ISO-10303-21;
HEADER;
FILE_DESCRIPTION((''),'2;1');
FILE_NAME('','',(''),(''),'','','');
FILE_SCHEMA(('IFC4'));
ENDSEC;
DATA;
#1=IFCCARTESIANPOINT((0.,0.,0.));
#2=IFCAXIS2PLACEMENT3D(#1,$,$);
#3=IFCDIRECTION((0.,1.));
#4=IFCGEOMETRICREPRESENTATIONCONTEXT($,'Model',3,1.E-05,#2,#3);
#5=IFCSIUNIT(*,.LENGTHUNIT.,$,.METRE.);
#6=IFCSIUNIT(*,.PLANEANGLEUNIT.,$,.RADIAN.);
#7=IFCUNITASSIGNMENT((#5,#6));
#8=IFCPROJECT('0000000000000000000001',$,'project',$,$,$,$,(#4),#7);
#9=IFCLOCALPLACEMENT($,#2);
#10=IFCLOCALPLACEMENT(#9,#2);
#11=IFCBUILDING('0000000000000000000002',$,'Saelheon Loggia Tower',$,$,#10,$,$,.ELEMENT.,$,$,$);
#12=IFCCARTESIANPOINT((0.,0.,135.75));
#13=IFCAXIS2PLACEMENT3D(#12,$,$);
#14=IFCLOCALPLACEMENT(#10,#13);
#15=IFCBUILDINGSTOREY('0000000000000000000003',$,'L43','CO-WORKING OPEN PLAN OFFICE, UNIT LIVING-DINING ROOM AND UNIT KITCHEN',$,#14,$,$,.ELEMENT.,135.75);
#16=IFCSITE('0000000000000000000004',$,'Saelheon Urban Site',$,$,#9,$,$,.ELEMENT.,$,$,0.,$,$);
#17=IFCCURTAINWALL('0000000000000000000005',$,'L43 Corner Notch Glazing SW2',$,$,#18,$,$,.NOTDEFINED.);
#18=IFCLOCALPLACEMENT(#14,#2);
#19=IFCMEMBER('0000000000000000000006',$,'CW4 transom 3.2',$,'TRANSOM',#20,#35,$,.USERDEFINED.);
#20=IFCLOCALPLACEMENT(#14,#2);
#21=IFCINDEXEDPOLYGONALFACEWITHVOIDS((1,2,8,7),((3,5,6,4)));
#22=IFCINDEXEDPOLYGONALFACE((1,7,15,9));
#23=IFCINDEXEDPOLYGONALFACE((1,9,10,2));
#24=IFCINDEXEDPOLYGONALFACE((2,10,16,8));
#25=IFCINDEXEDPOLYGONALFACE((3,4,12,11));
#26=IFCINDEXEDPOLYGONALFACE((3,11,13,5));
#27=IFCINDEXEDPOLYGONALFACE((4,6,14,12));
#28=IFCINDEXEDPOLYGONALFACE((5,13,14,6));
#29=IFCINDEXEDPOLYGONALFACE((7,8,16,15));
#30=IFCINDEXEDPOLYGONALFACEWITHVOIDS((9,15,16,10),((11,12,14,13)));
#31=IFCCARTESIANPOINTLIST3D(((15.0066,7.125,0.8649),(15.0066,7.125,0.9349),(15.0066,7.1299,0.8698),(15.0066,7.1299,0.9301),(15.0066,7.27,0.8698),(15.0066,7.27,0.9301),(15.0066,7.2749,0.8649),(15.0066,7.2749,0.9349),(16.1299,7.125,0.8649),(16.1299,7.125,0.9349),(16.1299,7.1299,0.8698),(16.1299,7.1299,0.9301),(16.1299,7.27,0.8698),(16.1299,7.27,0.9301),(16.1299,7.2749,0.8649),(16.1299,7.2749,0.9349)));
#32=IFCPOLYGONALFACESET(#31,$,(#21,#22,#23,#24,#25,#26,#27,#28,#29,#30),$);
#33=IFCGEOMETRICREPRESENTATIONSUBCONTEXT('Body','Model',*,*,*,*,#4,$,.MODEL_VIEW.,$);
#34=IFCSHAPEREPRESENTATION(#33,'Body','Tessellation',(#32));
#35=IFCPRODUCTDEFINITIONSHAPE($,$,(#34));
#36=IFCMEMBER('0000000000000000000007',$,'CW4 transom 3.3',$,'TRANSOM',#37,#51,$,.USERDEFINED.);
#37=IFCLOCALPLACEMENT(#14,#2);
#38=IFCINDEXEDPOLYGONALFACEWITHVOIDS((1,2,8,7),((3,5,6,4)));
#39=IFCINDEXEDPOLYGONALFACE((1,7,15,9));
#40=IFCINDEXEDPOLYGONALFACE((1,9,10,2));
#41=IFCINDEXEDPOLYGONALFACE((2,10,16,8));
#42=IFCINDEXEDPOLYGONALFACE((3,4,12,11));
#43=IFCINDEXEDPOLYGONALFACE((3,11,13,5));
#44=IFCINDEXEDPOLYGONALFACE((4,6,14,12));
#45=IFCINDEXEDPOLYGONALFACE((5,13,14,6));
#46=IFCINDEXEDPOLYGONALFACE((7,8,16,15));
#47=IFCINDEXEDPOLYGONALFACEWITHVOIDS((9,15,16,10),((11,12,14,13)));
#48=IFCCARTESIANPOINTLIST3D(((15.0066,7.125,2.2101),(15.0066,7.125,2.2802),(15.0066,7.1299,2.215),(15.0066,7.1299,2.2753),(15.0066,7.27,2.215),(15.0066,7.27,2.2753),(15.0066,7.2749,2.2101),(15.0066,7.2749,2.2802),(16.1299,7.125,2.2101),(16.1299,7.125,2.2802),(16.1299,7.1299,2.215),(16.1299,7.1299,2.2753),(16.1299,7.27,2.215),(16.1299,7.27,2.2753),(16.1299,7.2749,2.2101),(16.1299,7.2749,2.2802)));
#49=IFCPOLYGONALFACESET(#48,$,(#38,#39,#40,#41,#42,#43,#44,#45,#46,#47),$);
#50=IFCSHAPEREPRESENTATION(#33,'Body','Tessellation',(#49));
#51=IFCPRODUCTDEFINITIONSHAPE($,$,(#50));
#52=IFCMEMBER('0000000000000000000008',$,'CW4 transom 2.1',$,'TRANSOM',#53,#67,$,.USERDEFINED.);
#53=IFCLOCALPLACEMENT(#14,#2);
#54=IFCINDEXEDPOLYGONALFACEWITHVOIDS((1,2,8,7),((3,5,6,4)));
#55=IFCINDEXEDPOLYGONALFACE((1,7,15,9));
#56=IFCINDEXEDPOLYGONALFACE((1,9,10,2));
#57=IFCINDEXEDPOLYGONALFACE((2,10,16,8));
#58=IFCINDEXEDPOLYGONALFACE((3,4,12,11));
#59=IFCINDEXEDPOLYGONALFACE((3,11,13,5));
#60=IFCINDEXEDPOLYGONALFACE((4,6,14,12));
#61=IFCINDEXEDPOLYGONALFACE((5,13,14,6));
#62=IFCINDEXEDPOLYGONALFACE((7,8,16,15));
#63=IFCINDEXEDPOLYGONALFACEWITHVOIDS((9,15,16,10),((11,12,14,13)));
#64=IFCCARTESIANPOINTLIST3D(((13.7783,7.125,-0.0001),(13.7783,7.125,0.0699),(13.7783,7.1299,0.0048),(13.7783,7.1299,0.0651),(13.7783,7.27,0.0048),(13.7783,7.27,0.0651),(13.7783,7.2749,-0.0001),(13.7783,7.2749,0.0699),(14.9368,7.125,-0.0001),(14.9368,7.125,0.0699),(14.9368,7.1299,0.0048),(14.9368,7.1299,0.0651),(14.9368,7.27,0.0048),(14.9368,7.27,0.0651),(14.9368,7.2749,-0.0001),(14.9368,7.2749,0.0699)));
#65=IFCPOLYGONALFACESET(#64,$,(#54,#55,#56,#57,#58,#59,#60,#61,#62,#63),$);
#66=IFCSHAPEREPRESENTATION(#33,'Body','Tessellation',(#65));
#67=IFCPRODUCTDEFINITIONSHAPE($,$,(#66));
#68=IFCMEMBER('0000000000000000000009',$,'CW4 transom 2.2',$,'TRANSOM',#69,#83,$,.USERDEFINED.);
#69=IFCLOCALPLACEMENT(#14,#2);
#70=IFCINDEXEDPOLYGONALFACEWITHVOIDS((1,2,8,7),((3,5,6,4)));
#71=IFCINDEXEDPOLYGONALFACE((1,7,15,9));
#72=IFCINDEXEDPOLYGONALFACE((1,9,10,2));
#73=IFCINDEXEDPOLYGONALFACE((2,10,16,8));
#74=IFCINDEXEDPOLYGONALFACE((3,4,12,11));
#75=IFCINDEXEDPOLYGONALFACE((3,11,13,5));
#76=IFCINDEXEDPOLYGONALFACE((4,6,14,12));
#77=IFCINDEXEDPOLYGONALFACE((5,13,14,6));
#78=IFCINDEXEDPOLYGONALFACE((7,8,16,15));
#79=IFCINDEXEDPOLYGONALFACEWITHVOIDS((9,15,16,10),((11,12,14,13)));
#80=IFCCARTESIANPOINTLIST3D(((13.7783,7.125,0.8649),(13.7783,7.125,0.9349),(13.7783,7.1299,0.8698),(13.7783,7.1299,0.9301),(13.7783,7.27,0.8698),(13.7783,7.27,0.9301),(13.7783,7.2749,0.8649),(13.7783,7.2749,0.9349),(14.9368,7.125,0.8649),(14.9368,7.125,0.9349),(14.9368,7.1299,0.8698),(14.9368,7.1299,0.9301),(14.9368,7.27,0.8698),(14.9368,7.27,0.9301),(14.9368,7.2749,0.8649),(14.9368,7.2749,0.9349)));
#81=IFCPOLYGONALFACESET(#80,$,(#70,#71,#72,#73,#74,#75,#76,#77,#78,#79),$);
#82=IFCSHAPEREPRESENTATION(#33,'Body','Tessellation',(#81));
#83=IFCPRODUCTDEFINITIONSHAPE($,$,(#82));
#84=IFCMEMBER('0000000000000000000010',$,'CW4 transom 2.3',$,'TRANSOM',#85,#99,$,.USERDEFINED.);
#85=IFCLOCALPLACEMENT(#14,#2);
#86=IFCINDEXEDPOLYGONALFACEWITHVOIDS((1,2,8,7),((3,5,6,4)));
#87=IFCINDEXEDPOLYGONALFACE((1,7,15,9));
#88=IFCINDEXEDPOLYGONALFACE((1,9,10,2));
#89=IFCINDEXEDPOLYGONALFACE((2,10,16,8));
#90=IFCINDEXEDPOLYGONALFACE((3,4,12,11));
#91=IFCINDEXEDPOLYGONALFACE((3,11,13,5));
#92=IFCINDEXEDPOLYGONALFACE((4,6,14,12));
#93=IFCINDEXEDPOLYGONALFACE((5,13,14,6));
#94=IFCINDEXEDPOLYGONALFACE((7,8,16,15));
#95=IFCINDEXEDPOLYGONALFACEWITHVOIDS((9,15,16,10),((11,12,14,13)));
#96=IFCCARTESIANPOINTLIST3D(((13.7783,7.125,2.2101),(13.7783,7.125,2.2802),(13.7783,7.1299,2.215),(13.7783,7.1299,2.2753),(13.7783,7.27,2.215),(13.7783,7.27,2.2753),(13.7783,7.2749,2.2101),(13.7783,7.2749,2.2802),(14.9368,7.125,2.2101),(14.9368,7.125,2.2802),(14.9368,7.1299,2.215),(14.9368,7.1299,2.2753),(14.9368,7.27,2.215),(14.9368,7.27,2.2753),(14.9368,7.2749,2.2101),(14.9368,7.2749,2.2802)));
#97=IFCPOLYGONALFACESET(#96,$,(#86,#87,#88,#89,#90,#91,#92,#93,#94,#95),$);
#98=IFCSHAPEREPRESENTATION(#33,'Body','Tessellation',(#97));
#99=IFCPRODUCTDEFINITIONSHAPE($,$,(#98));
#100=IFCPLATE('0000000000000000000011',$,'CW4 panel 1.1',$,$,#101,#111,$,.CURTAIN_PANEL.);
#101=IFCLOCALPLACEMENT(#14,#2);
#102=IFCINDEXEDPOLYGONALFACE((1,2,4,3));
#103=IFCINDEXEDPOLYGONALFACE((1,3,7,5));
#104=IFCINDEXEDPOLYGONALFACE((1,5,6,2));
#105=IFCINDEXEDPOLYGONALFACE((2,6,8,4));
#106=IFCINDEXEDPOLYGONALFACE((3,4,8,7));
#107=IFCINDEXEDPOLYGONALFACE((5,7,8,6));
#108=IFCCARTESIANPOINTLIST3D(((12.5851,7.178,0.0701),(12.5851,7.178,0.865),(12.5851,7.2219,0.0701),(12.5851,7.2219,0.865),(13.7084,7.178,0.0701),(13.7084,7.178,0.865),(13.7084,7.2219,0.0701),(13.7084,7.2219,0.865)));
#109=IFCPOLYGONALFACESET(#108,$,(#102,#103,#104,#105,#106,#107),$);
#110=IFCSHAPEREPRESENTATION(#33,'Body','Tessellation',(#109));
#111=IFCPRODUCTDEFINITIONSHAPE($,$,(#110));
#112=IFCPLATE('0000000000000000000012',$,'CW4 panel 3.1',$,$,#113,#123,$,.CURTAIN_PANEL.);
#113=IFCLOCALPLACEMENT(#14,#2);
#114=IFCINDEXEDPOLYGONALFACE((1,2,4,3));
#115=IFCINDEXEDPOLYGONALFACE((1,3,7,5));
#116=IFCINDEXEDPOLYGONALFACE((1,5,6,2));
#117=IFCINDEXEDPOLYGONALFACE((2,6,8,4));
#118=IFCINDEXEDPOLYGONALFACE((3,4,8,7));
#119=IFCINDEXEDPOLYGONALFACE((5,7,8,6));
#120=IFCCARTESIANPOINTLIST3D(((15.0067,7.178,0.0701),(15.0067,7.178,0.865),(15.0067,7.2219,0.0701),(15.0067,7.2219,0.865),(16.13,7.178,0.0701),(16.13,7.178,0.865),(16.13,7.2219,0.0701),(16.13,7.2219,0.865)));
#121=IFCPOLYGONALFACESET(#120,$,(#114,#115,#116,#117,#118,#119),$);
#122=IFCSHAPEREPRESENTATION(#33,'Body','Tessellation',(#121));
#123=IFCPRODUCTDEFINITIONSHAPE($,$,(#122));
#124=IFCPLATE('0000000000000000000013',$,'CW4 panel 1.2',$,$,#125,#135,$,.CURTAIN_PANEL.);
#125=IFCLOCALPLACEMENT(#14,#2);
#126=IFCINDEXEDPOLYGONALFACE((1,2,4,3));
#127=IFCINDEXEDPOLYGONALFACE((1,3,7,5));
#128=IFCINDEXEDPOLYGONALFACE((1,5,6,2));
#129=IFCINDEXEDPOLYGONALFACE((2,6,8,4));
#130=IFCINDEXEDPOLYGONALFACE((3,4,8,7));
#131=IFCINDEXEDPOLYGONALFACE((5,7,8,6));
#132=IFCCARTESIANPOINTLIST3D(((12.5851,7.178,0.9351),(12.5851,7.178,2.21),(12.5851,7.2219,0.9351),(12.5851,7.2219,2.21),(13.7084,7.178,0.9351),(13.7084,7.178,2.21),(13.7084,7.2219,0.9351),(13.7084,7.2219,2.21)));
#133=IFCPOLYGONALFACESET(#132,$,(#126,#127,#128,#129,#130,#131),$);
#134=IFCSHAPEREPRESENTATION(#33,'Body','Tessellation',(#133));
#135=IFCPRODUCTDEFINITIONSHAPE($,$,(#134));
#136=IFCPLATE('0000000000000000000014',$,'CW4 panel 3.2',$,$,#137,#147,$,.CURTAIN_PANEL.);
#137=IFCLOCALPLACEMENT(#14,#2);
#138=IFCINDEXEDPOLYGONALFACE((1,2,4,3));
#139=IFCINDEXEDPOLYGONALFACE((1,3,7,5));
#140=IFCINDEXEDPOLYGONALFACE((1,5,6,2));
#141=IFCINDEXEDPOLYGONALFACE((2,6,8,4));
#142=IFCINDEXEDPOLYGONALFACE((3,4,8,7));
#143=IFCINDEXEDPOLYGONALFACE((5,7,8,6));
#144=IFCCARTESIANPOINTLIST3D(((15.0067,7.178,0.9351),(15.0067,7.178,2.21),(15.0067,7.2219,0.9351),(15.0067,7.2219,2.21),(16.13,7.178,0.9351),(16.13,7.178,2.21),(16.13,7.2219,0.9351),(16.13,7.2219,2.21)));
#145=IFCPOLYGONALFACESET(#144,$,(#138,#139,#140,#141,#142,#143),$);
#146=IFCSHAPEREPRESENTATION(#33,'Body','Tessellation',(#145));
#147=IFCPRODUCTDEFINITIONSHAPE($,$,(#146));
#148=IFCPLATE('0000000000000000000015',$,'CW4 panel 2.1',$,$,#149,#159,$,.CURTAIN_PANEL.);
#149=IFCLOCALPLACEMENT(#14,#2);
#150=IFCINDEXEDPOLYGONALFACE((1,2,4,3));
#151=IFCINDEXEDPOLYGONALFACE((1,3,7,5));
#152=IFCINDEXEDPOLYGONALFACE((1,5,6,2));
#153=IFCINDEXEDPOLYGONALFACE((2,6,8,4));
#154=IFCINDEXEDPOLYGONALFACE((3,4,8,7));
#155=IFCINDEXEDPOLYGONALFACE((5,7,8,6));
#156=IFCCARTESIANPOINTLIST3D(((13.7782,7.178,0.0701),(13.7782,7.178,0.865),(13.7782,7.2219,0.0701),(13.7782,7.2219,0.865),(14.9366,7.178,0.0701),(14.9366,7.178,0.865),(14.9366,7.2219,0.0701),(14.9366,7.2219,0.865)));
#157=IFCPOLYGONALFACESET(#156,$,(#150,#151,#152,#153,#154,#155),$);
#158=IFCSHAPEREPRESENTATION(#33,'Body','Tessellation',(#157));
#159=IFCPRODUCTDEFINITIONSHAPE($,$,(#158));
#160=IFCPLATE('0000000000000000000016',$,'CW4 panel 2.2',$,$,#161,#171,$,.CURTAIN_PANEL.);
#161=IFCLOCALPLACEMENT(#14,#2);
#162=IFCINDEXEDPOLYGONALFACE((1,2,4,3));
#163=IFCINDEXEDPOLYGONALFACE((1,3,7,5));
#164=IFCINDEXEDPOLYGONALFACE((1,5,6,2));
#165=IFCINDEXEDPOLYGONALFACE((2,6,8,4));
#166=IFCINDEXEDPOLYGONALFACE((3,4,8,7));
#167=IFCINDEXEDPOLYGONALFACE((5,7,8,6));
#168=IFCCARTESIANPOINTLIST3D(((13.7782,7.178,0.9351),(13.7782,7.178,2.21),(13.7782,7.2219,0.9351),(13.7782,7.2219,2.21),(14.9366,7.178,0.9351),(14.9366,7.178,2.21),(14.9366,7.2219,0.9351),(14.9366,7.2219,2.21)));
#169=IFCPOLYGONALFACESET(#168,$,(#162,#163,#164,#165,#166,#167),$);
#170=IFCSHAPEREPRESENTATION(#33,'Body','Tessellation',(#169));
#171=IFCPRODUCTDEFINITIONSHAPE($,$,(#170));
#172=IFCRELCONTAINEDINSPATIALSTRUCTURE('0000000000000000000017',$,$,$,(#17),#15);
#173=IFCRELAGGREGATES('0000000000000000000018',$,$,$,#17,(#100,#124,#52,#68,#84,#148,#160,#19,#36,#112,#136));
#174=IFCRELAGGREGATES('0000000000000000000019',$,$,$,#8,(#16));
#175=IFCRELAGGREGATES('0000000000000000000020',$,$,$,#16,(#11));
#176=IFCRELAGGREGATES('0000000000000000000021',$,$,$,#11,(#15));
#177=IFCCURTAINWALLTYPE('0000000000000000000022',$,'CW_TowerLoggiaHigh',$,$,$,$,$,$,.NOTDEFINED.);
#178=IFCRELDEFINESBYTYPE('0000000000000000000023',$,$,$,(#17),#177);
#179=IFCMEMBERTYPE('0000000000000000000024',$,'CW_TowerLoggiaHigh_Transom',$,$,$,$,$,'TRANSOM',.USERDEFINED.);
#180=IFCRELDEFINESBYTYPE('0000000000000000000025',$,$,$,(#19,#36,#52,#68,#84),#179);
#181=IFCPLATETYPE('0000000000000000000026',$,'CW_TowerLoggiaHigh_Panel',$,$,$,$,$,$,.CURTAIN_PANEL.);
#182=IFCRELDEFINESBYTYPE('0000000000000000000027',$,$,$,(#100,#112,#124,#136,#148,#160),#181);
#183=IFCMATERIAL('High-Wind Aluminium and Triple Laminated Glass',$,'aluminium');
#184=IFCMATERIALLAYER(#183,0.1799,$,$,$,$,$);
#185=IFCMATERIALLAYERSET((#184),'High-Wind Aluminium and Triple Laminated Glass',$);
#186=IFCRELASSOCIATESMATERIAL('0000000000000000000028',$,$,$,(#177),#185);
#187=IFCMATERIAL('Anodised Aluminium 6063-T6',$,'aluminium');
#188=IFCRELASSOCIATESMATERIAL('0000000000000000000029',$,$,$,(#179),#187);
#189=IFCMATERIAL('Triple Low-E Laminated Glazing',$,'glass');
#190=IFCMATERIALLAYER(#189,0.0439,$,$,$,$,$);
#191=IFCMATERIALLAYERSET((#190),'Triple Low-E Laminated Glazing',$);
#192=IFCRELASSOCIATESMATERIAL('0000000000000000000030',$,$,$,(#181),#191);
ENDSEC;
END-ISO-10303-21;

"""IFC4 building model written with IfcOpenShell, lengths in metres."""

from ifc_helpers import new_model, si_unit, direction, frame, origin, origin_2d, place, context, subcontext, project, spatial, rectangle, hollow_rectangle, extrude, source, transform, mapped, material, layer, layer_set, material_profile, profile_set, type_object, element, aggregate, save


model = new_model("IFC4")

# Units and contexts
model_context = context("Model", 3, precision=1e-05, world=origin(), true_north=direction((0.0, 1.0)))
body_context = subcontext(model_context, "Body", "Model", "MODEL_VIEW")
ifc_project = project(units=[si_unit("LENGTHUNIT", "METRE"), si_unit("PLANEANGLEUNIT", "RADIAN")], contexts=[model_context])

# Site, building, storey
site_placement = place(None, origin())
site = spatial("IfcSite", under=ifc_project, at=site_placement, Name="Saelheon Urban Site", CompositionType="ELEMENT", RefElevation=0.0)
building_placement = place(site_placement, origin())
building = spatial("IfcBuilding", under=site, at=building_placement, Name="Saelheon Loggia Tower", CompositionType="ELEMENT")
storey_placement = place(building_placement, frame((0.0, 0.0, 135.75)))
storey = spatial("IfcBuildingStorey", under=building, at=storey_placement, Name="L43", Description="CO-WORKING OPEN PLAN OFFICE, UNIT LIVING-DINING ROOM AND UNIT KITCHEN", CompositionType="ELEMENT", Elevation=135.75)

# Curtain wall, members, plates
ifc_material_1 = material(Name="High-Wind Aluminium and Triple Laminated Glass", Category="aluminium")
ifc_layer_1 = layer(ifc_material_1, 0.1799)
ifc_layer_set_1 = layer_set([ifc_layer_1], Name="High-Wind Aluminium and Triple Laminated Glass")
curtain_wall_type = type_object("IfcCurtainWallType", Name="CW_TowerLoggiaHigh", PredefinedType="NOTDEFINED", material=ifc_layer_set_1)
curtain_wall_placement = place(storey_placement, origin())
curtain_wall = element("IfcCurtainWall", 1, at=curtain_wall_placement, inside=storey, type_object=curtain_wall_type, Name="L43 Corner Notch Glazing SW2", PredefinedType="NOTDEFINED")
ifc_material_2 = material(Name="Anodised Aluminium 6063-T6", Category="aluminium")
ifc_material_profile_1 = material_profile(ifc_material_2, hollow_rectangle(XDim=0.0701, YDim=0.1499, WallThickness=0.0049, at=origin_2d()), Name="RHS-150x70x5")
ifc_profile_set_1 = profile_set([ifc_material_profile_1], Name="Anodised Aluminium 6063-T6")
member_type_1 = type_object("IfcMemberType", Name="CW_TowerLoggiaHigh_Transom", ElementType="TRANSOM", PredefinedType="USERDEFINED", material=ifc_profile_set_1)
shared_shape_1 = source(origin(), body_context, "Body", "SweptSolid", [
    extrude(hollow_rectangle(XDim=0.0701, YDim=0.1499, WallThickness=0.0049, at=origin_2d()), origin(), (0.0, 0.0, 1.0), 1.1233),
])
member_1_placement = place(storey_placement, frame((15.0066, 7.2, 0.8999), z_axis=(1.0, 0.0, 0.0), x_axis=(0.0, 0.0, 1.0)))
member_1 = element("IfcMember", 2, at=member_1_placement, type_object=member_type_1, Name="CW4 transom 3.2", ObjectType="TRANSOM", PredefinedType="USERDEFINED", context=body_context, shape_type="MappedRepresentation", body=[
    mapped(shared_shape_1, transform((0.0, 0.0, 0.0), scale=1.0)),
])
member_2_placement = place(storey_placement, frame((15.0066, 7.2, 2.2451), z_axis=(1.0, 0.0, 0.0), x_axis=(0.0, 0.0, 1.0)))
member_2 = element("IfcMember", 3, at=member_2_placement, type_object=member_type_1, Name="CW4 transom 3.3", ObjectType="TRANSOM", PredefinedType="USERDEFINED", context=body_context, shape_type="MappedRepresentation", body=[
    mapped(shared_shape_1, transform((0.0, 0.0, 0.0), scale=1.0)),
])
shared_shape_2 = source(origin(), body_context, "Body", "SweptSolid", [
    extrude(hollow_rectangle(XDim=0.0701, YDim=0.1499, WallThickness=0.0049, at=origin_2d()), origin(), (0.0, 0.0, 1.0), 1.1584),
])
member_3_placement = place(storey_placement, frame((13.7783, 7.2, 0.0349), z_axis=(1.0, 0.0, 0.0), x_axis=(0.0, 0.0, 1.0)))
member_3 = element("IfcMember", 4, at=member_3_placement, type_object=member_type_1, Name="CW4 transom 2.1", ObjectType="TRANSOM", PredefinedType="USERDEFINED", context=body_context, shape_type="MappedRepresentation", body=[
    mapped(shared_shape_2, transform((0.0, 0.0, 0.0), scale=1.0)),
])
member_4_placement = place(storey_placement, frame((13.7783, 7.2, 0.8999), z_axis=(1.0, 0.0, 0.0), x_axis=(0.0, 0.0, 1.0)))
member_4 = element("IfcMember", 5, at=member_4_placement, type_object=member_type_1, Name="CW4 transom 2.2", ObjectType="TRANSOM", PredefinedType="USERDEFINED", context=body_context, shape_type="MappedRepresentation", body=[
    mapped(shared_shape_2, transform((0.0, 0.0, 0.0), scale=1.0)),
])
member_5_placement = place(storey_placement, frame((13.7783, 7.2, 2.2451), z_axis=(1.0, 0.0, 0.0), x_axis=(0.0, 0.0, 1.0)))
member_5 = element("IfcMember", 6, at=member_5_placement, type_object=member_type_1, Name="CW4 transom 2.3", ObjectType="TRANSOM", PredefinedType="USERDEFINED", context=body_context, shape_type="MappedRepresentation", body=[
    mapped(shared_shape_2, transform((0.0, 0.0, 0.0), scale=1.0)),
])
ifc_material_3 = material(Name="Triple Low-E Laminated Glazing", Category="glass")
ifc_layer_2 = layer(ifc_material_3, 0.0439)
ifc_layer_set_2 = layer_set([ifc_layer_2], Name="Triple Low-E Laminated Glazing")
plate_type = type_object("IfcPlateType", Name="CW_TowerLoggiaHigh_Panel", PredefinedType="CURTAIN_PANEL", material=ifc_layer_set_2)
shared_shape_3 = source(origin(), body_context, "Body", "SweptSolid", [
    extrude(rectangle(XDim=1.1233, YDim=0.0439, at=origin_2d()), origin(), (0.0, 0.0, 1.0), 0.7949),
])
plate_1_placement = place(storey_placement, frame((13.1467, 7.2, 0.0701), z_axis=(0.0, 0.0, 1.0), x_axis=(1.0, 0.0, 0.0)))
plate_1 = element("IfcPlate", 7, at=plate_1_placement, type_object=plate_type, Name="CW4 panel 1.1", PredefinedType="CURTAIN_PANEL", context=body_context, shape_type="MappedRepresentation", body=[
    mapped(shared_shape_3, transform((0.0, 0.0, 0.0), scale=1.0)),
])
plate_2_placement = place(storey_placement, frame((15.5684, 7.2, 0.0701), z_axis=(0.0, 0.0, 1.0), x_axis=(1.0, 0.0, 0.0)))
plate_2 = element("IfcPlate", 8, at=plate_2_placement, type_object=plate_type, Name="CW4 panel 3.1", PredefinedType="CURTAIN_PANEL", context=body_context, shape_type="MappedRepresentation", body=[
    mapped(shared_shape_3, transform((0.0, 0.0, 0.0), scale=1.0)),
])
shared_shape_4 = source(origin(), body_context, "Body", "SweptSolid", [
    extrude(rectangle(XDim=1.1233, YDim=0.0439, at=origin_2d()), origin(), (0.0, 0.0, 1.0), 1.2749),
])
plate_3_placement = place(storey_placement, frame((13.1467, 7.2, 0.9351), z_axis=(0.0, 0.0, 1.0), x_axis=(1.0, 0.0, 0.0)))
plate_3 = element("IfcPlate", 9, at=plate_3_placement, type_object=plate_type, Name="CW4 panel 1.2", PredefinedType="CURTAIN_PANEL", context=body_context, shape_type="MappedRepresentation", body=[
    mapped(shared_shape_4, transform((0.0, 0.0, 0.0), scale=1.0)),
])
plate_4_placement = place(storey_placement, frame((15.5684, 7.2, 0.9351), z_axis=(0.0, 0.0, 1.0), x_axis=(1.0, 0.0, 0.0)))
plate_4 = element("IfcPlate", 10, at=plate_4_placement, type_object=plate_type, Name="CW4 panel 3.2", PredefinedType="CURTAIN_PANEL", context=body_context, shape_type="MappedRepresentation", body=[
    mapped(shared_shape_4, transform((0.0, 0.0, 0.0), scale=1.0)),
])
shared_shape_5 = source(origin(), body_context, "Body", "SweptSolid", [
    extrude(rectangle(XDim=1.1584, YDim=0.0439, at=origin_2d()), origin(), (0.0, 0.0, 1.0), 0.7949),
])
plate_5_placement = place(storey_placement, frame((14.3574, 7.2, 0.0701), z_axis=(0.0, 0.0, 1.0), x_axis=(1.0, 0.0, 0.0)))
plate_5 = element("IfcPlate", 11, at=plate_5_placement, type_object=plate_type, Name="CW4 panel 2.1", PredefinedType="CURTAIN_PANEL", context=body_context, shape_type="MappedRepresentation", body=[
    mapped(shared_shape_5, transform((0.0, 0.0, 0.0), scale=1.0)),
])
shared_shape_6 = source(origin(), body_context, "Body", "SweptSolid", [
    extrude(rectangle(XDim=1.1584, YDim=0.0439, at=origin_2d()), origin(), (0.0, 0.0, 1.0), 1.2749),
])
plate_6_placement = place(storey_placement, frame((14.3574, 7.2, 0.9351), z_axis=(0.0, 0.0, 1.0), x_axis=(1.0, 0.0, 0.0)))
plate_6 = element("IfcPlate", 12, at=plate_6_placement, type_object=plate_type, Name="CW4 panel 2.2", PredefinedType="CURTAIN_PANEL", context=body_context, shape_type="MappedRepresentation", body=[
    mapped(shared_shape_6, transform((0.0, 0.0, 0.0), scale=1.0)),
])
aggregate(curtain_wall, [plate_1, plate_3, member_3, member_4, member_5, plate_5, plate_6, member_1, member_2, plate_2, plate_4])

save(model, "model.ifc")
